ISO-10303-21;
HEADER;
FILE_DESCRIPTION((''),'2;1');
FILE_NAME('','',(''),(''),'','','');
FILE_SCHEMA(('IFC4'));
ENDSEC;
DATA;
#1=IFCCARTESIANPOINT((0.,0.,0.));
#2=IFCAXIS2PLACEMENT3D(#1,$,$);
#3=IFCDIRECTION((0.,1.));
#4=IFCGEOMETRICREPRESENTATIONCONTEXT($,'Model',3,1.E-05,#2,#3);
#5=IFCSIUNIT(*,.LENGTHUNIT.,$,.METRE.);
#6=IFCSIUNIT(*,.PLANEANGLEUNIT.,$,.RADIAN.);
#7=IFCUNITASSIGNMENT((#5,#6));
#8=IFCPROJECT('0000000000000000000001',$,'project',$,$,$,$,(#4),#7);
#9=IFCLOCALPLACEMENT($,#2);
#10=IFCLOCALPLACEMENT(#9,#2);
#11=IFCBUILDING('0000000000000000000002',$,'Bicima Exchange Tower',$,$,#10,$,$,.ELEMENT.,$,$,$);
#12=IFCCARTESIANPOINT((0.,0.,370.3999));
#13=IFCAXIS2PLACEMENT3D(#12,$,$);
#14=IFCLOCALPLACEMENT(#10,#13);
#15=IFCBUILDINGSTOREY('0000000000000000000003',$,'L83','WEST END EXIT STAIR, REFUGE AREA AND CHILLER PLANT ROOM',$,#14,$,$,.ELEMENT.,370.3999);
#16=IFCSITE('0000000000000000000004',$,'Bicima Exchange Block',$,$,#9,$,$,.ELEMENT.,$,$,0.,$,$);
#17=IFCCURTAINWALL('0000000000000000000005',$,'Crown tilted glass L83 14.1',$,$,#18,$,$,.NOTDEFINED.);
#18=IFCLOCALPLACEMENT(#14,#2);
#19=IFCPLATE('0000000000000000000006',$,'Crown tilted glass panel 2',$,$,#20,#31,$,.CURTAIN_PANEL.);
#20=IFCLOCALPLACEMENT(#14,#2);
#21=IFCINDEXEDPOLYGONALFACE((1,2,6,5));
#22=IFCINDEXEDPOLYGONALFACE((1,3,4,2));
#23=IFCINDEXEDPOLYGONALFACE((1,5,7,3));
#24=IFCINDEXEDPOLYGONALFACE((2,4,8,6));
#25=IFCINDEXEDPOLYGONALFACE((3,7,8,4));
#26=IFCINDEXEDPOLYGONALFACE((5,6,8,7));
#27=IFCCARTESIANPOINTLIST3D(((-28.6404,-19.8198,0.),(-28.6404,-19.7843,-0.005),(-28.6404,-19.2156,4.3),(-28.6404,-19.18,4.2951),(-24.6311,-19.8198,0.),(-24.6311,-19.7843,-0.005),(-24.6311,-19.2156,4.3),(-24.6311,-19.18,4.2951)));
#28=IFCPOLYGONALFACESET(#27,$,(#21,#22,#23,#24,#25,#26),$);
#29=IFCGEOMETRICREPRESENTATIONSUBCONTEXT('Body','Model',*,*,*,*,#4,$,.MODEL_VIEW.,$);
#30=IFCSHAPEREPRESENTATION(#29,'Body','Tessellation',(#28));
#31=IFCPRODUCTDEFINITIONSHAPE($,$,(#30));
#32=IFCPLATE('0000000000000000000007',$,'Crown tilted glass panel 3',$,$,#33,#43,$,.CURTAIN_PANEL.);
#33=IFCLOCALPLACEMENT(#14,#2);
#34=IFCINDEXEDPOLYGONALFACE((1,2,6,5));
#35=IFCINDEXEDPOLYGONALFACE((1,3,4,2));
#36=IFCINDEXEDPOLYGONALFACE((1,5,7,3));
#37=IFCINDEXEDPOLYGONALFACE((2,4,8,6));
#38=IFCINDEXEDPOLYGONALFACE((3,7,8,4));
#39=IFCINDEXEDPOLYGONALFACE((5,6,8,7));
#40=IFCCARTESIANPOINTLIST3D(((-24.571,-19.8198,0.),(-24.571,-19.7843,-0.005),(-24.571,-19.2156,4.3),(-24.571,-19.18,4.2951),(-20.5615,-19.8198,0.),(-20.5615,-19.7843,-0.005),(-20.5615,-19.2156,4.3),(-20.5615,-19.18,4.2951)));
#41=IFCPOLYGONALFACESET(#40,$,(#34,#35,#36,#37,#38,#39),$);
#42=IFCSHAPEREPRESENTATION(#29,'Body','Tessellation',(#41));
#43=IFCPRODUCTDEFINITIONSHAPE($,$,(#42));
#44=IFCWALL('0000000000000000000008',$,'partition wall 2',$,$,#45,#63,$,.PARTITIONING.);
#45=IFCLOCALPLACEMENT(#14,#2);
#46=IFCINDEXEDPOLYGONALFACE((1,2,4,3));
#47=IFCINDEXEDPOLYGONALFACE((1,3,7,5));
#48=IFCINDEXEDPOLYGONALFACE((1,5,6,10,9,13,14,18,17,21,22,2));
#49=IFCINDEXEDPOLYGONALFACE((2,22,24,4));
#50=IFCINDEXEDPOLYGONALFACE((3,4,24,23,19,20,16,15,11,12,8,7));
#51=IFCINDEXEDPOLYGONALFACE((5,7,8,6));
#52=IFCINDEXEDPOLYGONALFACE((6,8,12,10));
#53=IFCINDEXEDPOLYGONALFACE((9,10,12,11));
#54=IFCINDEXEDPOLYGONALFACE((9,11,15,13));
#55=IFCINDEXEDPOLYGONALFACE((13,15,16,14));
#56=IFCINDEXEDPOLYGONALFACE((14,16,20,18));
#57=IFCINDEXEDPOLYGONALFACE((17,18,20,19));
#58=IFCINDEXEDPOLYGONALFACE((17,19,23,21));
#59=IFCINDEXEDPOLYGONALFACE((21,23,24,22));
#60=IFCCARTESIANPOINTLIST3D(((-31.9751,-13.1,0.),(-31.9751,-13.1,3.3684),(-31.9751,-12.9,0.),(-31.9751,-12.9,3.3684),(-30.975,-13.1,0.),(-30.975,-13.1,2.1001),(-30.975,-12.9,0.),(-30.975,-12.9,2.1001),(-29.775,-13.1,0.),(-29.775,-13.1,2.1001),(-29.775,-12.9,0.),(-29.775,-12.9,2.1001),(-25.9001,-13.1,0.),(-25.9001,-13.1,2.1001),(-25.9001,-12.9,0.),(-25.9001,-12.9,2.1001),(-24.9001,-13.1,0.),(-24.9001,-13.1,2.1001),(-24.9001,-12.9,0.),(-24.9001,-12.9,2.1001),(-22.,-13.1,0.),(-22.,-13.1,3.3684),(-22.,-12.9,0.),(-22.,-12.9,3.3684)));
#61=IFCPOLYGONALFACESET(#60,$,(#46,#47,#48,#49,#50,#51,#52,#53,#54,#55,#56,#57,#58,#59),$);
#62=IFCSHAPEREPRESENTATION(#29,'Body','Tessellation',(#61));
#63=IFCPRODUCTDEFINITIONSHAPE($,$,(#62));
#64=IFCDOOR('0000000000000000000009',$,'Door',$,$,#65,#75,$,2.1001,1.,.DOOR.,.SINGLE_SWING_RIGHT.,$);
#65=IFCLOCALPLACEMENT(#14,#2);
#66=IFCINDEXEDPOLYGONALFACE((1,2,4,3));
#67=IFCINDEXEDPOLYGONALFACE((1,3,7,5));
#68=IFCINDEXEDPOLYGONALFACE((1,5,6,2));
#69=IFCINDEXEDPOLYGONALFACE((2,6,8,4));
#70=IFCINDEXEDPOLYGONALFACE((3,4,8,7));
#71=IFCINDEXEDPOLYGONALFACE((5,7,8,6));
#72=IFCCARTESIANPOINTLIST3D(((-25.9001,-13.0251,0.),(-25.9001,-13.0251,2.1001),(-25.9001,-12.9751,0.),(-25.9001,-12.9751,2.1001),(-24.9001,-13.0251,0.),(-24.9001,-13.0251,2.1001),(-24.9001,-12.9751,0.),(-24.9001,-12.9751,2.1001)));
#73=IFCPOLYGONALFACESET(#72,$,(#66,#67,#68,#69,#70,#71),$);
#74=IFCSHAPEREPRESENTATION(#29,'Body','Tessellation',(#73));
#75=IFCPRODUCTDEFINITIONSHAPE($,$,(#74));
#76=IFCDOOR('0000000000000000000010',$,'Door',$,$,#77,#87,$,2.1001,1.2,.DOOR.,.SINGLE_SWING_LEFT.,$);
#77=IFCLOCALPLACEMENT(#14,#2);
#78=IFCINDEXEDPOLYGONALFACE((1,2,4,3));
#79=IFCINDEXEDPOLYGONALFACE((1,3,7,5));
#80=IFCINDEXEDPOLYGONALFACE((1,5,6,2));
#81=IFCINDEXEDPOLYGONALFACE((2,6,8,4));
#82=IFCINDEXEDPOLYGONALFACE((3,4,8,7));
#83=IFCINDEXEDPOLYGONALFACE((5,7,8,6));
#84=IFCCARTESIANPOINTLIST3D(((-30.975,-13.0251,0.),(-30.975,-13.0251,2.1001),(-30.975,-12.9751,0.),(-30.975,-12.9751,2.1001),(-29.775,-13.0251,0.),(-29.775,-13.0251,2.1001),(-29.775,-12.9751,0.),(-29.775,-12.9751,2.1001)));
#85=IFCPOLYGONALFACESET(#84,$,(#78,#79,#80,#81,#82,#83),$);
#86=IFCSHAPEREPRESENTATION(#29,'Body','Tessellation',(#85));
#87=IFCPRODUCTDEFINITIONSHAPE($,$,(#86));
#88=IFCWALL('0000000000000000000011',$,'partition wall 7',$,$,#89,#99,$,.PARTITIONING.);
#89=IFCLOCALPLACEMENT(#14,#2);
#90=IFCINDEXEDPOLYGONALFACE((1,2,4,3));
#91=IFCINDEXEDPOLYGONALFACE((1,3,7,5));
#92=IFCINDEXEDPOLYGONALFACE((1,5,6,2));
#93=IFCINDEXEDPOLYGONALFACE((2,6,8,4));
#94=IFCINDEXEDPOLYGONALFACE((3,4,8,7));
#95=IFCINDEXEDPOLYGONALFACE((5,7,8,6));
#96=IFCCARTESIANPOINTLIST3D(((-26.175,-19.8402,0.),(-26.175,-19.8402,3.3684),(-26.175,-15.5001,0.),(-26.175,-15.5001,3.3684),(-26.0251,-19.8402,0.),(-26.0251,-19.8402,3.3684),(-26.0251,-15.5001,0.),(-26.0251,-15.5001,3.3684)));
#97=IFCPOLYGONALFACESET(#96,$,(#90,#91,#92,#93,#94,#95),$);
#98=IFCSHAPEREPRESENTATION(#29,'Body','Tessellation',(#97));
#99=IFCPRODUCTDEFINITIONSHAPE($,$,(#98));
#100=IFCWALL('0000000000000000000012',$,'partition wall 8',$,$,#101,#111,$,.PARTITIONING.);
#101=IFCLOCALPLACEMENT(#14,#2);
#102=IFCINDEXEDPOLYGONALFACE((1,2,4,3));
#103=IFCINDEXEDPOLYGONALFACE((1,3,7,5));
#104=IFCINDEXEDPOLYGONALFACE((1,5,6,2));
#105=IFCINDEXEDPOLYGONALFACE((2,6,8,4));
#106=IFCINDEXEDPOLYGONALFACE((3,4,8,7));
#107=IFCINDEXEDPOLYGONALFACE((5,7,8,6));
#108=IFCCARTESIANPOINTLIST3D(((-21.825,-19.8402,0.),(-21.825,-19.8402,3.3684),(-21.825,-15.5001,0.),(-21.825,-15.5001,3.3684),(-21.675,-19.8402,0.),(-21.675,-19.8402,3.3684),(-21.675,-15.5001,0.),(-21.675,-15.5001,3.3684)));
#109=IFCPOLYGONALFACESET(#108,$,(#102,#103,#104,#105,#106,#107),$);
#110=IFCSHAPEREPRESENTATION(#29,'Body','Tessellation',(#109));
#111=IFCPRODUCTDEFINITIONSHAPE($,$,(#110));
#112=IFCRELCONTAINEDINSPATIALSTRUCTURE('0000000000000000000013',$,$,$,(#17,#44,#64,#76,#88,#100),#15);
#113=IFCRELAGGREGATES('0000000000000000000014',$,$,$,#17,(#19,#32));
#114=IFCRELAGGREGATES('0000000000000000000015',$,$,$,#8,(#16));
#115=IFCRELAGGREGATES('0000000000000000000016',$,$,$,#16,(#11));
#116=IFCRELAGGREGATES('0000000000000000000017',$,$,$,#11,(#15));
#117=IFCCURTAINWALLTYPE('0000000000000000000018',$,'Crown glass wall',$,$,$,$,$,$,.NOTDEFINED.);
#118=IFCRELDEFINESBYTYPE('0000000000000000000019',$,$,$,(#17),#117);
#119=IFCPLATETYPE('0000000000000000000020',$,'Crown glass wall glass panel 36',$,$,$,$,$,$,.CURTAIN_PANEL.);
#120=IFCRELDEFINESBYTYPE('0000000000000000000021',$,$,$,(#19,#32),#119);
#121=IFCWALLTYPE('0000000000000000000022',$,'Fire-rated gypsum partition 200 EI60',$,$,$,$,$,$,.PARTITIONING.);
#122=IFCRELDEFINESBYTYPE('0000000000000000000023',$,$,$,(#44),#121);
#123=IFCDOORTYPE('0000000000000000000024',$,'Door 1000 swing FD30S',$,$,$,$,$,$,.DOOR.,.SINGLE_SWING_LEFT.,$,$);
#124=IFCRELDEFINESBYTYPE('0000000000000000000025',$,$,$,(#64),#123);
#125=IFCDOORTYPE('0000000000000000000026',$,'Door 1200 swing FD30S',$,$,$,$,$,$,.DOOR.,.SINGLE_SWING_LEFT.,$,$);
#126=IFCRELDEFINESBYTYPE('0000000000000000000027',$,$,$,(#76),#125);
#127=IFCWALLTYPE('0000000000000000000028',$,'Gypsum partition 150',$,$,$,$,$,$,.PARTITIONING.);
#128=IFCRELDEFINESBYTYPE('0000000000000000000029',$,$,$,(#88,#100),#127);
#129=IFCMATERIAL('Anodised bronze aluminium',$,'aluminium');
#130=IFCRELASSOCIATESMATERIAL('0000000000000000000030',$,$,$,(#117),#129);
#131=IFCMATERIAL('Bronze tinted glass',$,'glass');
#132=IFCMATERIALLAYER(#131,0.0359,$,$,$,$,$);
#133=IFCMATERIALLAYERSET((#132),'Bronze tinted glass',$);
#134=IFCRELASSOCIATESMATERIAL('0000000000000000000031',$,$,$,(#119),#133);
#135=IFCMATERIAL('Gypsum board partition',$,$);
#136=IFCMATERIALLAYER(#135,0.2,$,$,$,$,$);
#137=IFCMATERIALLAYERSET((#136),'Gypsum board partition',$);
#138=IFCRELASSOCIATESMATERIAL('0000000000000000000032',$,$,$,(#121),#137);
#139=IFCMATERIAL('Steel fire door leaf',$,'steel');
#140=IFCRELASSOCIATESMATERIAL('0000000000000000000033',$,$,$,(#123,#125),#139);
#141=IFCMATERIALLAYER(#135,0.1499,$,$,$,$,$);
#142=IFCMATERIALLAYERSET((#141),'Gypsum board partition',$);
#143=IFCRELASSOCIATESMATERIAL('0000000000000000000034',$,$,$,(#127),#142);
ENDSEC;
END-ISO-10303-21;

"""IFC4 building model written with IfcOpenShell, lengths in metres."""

from ifc_helpers import new_model, si_unit, direction, frame, frame_2d, origin, place, context, subcontext, project, spatial, polyline, rectangle, outline, extrude, material, layer, layer_set, type_object, element, fill, aggregate, save


model = new_model("IFC4")

# Units and contexts
model_context = context("Model", 3, precision=1e-05, world=origin(), true_north=direction((0.0, 1.0)))
body_context = subcontext(model_context, "Body", "Model", "MODEL_VIEW")
ifc_project = project(units=[si_unit("LENGTHUNIT", "METRE"), si_unit("PLANEANGLEUNIT", "RADIAN")], contexts=[model_context])

# Site, building, storey
site_placement = place(None, origin())
site = spatial("IfcSite", under=ifc_project, at=site_placement, Name="Bicima Exchange Block", CompositionType="ELEMENT", RefElevation=0.0)
building_placement = place(site_placement, origin())
building = spatial("IfcBuilding", under=site, at=building_placement, Name="Bicima Exchange Tower", CompositionType="ELEMENT")
storey_placement = place(building_placement, frame((0.0, 0.0, 370.3999)))
storey = spatial("IfcBuildingStorey", under=building, at=storey_placement, Name="L83", Description="WEST END EXIT STAIR, REFUGE AREA AND CHILLER PLANT ROOM", CompositionType="ELEMENT", Elevation=370.3999)

# Curtain wall
ifc_material_1 = material(Name="Anodised bronze aluminium", Category="aluminium")
curtain_wall_type = type_object("IfcCurtainWallType", Name="Crown glass wall", PredefinedType="NOTDEFINED", material=ifc_material_1)
curtain_wall_placement = place(storey_placement, origin())
curtain_wall = element("IfcCurtainWall", 1, at=curtain_wall_placement, inside=storey, type_object=curtain_wall_type, Name="Crown tilted glass L83 14.1", PredefinedType="NOTDEFINED")

# Plates
ifc_material_2 = material(Name="Bronze tinted glass", Category="glass")
ifc_layer_1 = layer(ifc_material_2, 0.0359)
ifc_layer_set_1 = layer_set([ifc_layer_1], Name="Bronze tinted glass")
plate_type = type_object("IfcPlateType", Name="Crown glass wall glass panel 36", PredefinedType="CURTAIN_PANEL", material=ifc_layer_set_1)
plate_1_placement = place(storey_placement, frame((-28.6404, -19.8198, 0.0), z_axis=(0.0, -0.990271, 0.139154), x_axis=(1.0, 0.0, 0.0)))
plate_1 = element("IfcPlate", 2, at=plate_1_placement, type_object=plate_type, Name="Crown tilted glass panel 2", PredefinedType="CURTAIN_PANEL", context=body_context, shape_type="SweptSolid", body=[
    extrude(outline(polyline([(0.0, 0.0), (4.0093, 0.0), (4.0093, 4.3423), (0.0, 4.3423), (0.0, 0.0)])), origin(), (0.0, 0.0, -1.0), 0.0359),
])
plate_2_placement = place(storey_placement, frame((-24.571, -19.8198, 0.0), z_axis=(0.0, -0.990271, 0.139154), x_axis=(1.0, 0.0, 0.0)))
plate_2 = element("IfcPlate", 3, at=plate_2_placement, type_object=plate_type, Name="Crown tilted glass panel 3", PredefinedType="CURTAIN_PANEL", context=body_context, shape_type="SweptSolid", body=[
    extrude(outline(polyline([(0.0, 0.0), (4.0095, 0.0), (4.0095, 4.3423), (0.0, 4.3423), (0.0, 0.0)])), origin(), (0.0, 0.0, -1.0), 0.0359),
])
aggregate(curtain_wall, [plate_1, plate_2])

# Wall, openings, doors
ifc_material_3 = material(Name="Gypsum board partition")
ifc_layer_2 = layer(ifc_material_3, 0.2)
ifc_layer_set_2 = layer_set([ifc_layer_2], Name="Gypsum board partition")
wall_type_1 = type_object("IfcWallType", Name="Fire-rated gypsum partition 200 EI60", PredefinedType="PARTITIONING", material=ifc_layer_set_2)
wall_1_placement = place(storey_placement, frame((-31.9751, -13.0, 0.0), z_axis=(0.0, 0.0, 1.0), x_axis=(1.0, 0.0, 0.0)))
wall_1 = element("IfcWall", 4, at=wall_1_placement, inside=storey, type_object=wall_type_1, Name="partition wall 2", PredefinedType="PARTITIONING", context=body_context, shape_type="SweptSolid", body=[
    extrude(rectangle(XDim=9.9751, YDim=0.2, at=frame_2d((4.9875, 0.0))), origin(), (0.0, 0.0, 1.0), 3.3684),
])
opening_1_placement = place(wall_1_placement, frame((1.0, 0.0, 0.0)))
opening_1 = element("IfcOpeningElement", 5, at=opening_1_placement, cuts=wall_1, PredefinedType="OPENING", context=body_context, shape_type="SweptSolid", body=[
    extrude(rectangle(XDim=1.2, YDim=2.1001, at=frame_2d((0.6001, 1.05))), frame((0.0, 0.1118, 0.0), z_axis=(0.0, -1.0, 0.0), x_axis=(1.0, 0.0, 0.0)), (0.0, 0.0, 1.0), 0.2239),
])
opening_2_placement = place(wall_1_placement, frame((6.075, 0.0, 0.0)))
opening_2 = element("IfcOpeningElement", 6, at=opening_2_placement, cuts=wall_1, PredefinedType="OPENING", context=body_context, shape_type="SweptSolid", body=[
    extrude(rectangle(XDim=1.0, YDim=2.1001, at=frame_2d((0.5, 1.05))), frame((0.0, 0.1118, 0.0), z_axis=(0.0, -1.0, 0.0), x_axis=(1.0, 0.0, 0.0)), (0.0, 0.0, 1.0), 0.2239),
])
ifc_material_4 = material(Name="Steel fire door leaf", Category="steel")
door_type_1 = type_object("IfcDoorType", Name="Door 1000 swing FD30S", OperationType="SINGLE_SWING_LEFT", PredefinedType="DOOR", material=ifc_material_4)
door_1_placement = place(opening_2_placement, origin())
door_1 = element("IfcDoor", 7, at=door_1_placement, inside=storey, type_object=door_type_1, Name="Door", OperationType="SINGLE_SWING_RIGHT", OverallHeight=2.1001, OverallWidth=1.0, PredefinedType="DOOR", context=body_context, shape_type="SweptSolid", body=[
    extrude(rectangle(XDim=1.0, YDim=2.1001, at=frame_2d((0.5, 1.05))), frame((0.0, 0.0249, 0.0), z_axis=(0.0, -1.0, 0.0), x_axis=(1.0, 0.0, 0.0)), (0.0, 0.0, 1.0), 0.05),
])
fill(opening_2, door_1)
door_type_2 = type_object("IfcDoorType", Name="Door 1200 swing FD30S", OperationType="SINGLE_SWING_LEFT", PredefinedType="DOOR", material=ifc_material_4)
door_2_placement = place(opening_1_placement, origin())
door_2 = element("IfcDoor", 8, at=door_2_placement, inside=storey, type_object=door_type_2, Name="Door", OperationType="SINGLE_SWING_LEFT", OverallHeight=2.1001, OverallWidth=1.2, PredefinedType="DOOR", context=body_context, shape_type="SweptSolid", body=[
    extrude(rectangle(XDim=1.2, YDim=2.1001, at=frame_2d((0.6001, 1.05))), frame((0.0, 0.0249, 0.0), z_axis=(0.0, -1.0, 0.0), x_axis=(1.0, 0.0, 0.0)), (0.0, 0.0, 1.0), 0.05),
])
fill(opening_1, door_2)

# Walls
ifc_layer_3 = layer(ifc_material_3, 0.1499)
ifc_layer_set_3 = layer_set([ifc_layer_3], Name="Gypsum board partition")
wall_type_2 = type_object("IfcWallType", Name="Gypsum partition 150", PredefinedType="PARTITIONING", material=ifc_layer_set_3)
for number, where, z_axis, x_axis, name in (
    (9, (-26.1001, -19.8401, 0.0), (0.0, 0.0, 1.0), (0.0, 1.0, 0.0), "partition wall 7"),
    (10, (-21.75, -19.8401, 0.0), (0.0, 0.0, 1.0), (0.0, 1.0, 0.0), "partition wall 8"),
):
    element("IfcWall", number, at=place(storey_placement, frame(where, z_axis=z_axis, x_axis=x_axis)), inside=storey, type_object=wall_type_2, Name=name, PredefinedType="PARTITIONING", context=body_context, shape_type="SweptSolid", body=[
        extrude(rectangle(XDim=4.3401, YDim=0.1499, at=frame_2d((2.1699, 0.0))), origin(), (0.0, 0.0, 1.0), 3.3684),
    ])

save(model, "model.ifc")
